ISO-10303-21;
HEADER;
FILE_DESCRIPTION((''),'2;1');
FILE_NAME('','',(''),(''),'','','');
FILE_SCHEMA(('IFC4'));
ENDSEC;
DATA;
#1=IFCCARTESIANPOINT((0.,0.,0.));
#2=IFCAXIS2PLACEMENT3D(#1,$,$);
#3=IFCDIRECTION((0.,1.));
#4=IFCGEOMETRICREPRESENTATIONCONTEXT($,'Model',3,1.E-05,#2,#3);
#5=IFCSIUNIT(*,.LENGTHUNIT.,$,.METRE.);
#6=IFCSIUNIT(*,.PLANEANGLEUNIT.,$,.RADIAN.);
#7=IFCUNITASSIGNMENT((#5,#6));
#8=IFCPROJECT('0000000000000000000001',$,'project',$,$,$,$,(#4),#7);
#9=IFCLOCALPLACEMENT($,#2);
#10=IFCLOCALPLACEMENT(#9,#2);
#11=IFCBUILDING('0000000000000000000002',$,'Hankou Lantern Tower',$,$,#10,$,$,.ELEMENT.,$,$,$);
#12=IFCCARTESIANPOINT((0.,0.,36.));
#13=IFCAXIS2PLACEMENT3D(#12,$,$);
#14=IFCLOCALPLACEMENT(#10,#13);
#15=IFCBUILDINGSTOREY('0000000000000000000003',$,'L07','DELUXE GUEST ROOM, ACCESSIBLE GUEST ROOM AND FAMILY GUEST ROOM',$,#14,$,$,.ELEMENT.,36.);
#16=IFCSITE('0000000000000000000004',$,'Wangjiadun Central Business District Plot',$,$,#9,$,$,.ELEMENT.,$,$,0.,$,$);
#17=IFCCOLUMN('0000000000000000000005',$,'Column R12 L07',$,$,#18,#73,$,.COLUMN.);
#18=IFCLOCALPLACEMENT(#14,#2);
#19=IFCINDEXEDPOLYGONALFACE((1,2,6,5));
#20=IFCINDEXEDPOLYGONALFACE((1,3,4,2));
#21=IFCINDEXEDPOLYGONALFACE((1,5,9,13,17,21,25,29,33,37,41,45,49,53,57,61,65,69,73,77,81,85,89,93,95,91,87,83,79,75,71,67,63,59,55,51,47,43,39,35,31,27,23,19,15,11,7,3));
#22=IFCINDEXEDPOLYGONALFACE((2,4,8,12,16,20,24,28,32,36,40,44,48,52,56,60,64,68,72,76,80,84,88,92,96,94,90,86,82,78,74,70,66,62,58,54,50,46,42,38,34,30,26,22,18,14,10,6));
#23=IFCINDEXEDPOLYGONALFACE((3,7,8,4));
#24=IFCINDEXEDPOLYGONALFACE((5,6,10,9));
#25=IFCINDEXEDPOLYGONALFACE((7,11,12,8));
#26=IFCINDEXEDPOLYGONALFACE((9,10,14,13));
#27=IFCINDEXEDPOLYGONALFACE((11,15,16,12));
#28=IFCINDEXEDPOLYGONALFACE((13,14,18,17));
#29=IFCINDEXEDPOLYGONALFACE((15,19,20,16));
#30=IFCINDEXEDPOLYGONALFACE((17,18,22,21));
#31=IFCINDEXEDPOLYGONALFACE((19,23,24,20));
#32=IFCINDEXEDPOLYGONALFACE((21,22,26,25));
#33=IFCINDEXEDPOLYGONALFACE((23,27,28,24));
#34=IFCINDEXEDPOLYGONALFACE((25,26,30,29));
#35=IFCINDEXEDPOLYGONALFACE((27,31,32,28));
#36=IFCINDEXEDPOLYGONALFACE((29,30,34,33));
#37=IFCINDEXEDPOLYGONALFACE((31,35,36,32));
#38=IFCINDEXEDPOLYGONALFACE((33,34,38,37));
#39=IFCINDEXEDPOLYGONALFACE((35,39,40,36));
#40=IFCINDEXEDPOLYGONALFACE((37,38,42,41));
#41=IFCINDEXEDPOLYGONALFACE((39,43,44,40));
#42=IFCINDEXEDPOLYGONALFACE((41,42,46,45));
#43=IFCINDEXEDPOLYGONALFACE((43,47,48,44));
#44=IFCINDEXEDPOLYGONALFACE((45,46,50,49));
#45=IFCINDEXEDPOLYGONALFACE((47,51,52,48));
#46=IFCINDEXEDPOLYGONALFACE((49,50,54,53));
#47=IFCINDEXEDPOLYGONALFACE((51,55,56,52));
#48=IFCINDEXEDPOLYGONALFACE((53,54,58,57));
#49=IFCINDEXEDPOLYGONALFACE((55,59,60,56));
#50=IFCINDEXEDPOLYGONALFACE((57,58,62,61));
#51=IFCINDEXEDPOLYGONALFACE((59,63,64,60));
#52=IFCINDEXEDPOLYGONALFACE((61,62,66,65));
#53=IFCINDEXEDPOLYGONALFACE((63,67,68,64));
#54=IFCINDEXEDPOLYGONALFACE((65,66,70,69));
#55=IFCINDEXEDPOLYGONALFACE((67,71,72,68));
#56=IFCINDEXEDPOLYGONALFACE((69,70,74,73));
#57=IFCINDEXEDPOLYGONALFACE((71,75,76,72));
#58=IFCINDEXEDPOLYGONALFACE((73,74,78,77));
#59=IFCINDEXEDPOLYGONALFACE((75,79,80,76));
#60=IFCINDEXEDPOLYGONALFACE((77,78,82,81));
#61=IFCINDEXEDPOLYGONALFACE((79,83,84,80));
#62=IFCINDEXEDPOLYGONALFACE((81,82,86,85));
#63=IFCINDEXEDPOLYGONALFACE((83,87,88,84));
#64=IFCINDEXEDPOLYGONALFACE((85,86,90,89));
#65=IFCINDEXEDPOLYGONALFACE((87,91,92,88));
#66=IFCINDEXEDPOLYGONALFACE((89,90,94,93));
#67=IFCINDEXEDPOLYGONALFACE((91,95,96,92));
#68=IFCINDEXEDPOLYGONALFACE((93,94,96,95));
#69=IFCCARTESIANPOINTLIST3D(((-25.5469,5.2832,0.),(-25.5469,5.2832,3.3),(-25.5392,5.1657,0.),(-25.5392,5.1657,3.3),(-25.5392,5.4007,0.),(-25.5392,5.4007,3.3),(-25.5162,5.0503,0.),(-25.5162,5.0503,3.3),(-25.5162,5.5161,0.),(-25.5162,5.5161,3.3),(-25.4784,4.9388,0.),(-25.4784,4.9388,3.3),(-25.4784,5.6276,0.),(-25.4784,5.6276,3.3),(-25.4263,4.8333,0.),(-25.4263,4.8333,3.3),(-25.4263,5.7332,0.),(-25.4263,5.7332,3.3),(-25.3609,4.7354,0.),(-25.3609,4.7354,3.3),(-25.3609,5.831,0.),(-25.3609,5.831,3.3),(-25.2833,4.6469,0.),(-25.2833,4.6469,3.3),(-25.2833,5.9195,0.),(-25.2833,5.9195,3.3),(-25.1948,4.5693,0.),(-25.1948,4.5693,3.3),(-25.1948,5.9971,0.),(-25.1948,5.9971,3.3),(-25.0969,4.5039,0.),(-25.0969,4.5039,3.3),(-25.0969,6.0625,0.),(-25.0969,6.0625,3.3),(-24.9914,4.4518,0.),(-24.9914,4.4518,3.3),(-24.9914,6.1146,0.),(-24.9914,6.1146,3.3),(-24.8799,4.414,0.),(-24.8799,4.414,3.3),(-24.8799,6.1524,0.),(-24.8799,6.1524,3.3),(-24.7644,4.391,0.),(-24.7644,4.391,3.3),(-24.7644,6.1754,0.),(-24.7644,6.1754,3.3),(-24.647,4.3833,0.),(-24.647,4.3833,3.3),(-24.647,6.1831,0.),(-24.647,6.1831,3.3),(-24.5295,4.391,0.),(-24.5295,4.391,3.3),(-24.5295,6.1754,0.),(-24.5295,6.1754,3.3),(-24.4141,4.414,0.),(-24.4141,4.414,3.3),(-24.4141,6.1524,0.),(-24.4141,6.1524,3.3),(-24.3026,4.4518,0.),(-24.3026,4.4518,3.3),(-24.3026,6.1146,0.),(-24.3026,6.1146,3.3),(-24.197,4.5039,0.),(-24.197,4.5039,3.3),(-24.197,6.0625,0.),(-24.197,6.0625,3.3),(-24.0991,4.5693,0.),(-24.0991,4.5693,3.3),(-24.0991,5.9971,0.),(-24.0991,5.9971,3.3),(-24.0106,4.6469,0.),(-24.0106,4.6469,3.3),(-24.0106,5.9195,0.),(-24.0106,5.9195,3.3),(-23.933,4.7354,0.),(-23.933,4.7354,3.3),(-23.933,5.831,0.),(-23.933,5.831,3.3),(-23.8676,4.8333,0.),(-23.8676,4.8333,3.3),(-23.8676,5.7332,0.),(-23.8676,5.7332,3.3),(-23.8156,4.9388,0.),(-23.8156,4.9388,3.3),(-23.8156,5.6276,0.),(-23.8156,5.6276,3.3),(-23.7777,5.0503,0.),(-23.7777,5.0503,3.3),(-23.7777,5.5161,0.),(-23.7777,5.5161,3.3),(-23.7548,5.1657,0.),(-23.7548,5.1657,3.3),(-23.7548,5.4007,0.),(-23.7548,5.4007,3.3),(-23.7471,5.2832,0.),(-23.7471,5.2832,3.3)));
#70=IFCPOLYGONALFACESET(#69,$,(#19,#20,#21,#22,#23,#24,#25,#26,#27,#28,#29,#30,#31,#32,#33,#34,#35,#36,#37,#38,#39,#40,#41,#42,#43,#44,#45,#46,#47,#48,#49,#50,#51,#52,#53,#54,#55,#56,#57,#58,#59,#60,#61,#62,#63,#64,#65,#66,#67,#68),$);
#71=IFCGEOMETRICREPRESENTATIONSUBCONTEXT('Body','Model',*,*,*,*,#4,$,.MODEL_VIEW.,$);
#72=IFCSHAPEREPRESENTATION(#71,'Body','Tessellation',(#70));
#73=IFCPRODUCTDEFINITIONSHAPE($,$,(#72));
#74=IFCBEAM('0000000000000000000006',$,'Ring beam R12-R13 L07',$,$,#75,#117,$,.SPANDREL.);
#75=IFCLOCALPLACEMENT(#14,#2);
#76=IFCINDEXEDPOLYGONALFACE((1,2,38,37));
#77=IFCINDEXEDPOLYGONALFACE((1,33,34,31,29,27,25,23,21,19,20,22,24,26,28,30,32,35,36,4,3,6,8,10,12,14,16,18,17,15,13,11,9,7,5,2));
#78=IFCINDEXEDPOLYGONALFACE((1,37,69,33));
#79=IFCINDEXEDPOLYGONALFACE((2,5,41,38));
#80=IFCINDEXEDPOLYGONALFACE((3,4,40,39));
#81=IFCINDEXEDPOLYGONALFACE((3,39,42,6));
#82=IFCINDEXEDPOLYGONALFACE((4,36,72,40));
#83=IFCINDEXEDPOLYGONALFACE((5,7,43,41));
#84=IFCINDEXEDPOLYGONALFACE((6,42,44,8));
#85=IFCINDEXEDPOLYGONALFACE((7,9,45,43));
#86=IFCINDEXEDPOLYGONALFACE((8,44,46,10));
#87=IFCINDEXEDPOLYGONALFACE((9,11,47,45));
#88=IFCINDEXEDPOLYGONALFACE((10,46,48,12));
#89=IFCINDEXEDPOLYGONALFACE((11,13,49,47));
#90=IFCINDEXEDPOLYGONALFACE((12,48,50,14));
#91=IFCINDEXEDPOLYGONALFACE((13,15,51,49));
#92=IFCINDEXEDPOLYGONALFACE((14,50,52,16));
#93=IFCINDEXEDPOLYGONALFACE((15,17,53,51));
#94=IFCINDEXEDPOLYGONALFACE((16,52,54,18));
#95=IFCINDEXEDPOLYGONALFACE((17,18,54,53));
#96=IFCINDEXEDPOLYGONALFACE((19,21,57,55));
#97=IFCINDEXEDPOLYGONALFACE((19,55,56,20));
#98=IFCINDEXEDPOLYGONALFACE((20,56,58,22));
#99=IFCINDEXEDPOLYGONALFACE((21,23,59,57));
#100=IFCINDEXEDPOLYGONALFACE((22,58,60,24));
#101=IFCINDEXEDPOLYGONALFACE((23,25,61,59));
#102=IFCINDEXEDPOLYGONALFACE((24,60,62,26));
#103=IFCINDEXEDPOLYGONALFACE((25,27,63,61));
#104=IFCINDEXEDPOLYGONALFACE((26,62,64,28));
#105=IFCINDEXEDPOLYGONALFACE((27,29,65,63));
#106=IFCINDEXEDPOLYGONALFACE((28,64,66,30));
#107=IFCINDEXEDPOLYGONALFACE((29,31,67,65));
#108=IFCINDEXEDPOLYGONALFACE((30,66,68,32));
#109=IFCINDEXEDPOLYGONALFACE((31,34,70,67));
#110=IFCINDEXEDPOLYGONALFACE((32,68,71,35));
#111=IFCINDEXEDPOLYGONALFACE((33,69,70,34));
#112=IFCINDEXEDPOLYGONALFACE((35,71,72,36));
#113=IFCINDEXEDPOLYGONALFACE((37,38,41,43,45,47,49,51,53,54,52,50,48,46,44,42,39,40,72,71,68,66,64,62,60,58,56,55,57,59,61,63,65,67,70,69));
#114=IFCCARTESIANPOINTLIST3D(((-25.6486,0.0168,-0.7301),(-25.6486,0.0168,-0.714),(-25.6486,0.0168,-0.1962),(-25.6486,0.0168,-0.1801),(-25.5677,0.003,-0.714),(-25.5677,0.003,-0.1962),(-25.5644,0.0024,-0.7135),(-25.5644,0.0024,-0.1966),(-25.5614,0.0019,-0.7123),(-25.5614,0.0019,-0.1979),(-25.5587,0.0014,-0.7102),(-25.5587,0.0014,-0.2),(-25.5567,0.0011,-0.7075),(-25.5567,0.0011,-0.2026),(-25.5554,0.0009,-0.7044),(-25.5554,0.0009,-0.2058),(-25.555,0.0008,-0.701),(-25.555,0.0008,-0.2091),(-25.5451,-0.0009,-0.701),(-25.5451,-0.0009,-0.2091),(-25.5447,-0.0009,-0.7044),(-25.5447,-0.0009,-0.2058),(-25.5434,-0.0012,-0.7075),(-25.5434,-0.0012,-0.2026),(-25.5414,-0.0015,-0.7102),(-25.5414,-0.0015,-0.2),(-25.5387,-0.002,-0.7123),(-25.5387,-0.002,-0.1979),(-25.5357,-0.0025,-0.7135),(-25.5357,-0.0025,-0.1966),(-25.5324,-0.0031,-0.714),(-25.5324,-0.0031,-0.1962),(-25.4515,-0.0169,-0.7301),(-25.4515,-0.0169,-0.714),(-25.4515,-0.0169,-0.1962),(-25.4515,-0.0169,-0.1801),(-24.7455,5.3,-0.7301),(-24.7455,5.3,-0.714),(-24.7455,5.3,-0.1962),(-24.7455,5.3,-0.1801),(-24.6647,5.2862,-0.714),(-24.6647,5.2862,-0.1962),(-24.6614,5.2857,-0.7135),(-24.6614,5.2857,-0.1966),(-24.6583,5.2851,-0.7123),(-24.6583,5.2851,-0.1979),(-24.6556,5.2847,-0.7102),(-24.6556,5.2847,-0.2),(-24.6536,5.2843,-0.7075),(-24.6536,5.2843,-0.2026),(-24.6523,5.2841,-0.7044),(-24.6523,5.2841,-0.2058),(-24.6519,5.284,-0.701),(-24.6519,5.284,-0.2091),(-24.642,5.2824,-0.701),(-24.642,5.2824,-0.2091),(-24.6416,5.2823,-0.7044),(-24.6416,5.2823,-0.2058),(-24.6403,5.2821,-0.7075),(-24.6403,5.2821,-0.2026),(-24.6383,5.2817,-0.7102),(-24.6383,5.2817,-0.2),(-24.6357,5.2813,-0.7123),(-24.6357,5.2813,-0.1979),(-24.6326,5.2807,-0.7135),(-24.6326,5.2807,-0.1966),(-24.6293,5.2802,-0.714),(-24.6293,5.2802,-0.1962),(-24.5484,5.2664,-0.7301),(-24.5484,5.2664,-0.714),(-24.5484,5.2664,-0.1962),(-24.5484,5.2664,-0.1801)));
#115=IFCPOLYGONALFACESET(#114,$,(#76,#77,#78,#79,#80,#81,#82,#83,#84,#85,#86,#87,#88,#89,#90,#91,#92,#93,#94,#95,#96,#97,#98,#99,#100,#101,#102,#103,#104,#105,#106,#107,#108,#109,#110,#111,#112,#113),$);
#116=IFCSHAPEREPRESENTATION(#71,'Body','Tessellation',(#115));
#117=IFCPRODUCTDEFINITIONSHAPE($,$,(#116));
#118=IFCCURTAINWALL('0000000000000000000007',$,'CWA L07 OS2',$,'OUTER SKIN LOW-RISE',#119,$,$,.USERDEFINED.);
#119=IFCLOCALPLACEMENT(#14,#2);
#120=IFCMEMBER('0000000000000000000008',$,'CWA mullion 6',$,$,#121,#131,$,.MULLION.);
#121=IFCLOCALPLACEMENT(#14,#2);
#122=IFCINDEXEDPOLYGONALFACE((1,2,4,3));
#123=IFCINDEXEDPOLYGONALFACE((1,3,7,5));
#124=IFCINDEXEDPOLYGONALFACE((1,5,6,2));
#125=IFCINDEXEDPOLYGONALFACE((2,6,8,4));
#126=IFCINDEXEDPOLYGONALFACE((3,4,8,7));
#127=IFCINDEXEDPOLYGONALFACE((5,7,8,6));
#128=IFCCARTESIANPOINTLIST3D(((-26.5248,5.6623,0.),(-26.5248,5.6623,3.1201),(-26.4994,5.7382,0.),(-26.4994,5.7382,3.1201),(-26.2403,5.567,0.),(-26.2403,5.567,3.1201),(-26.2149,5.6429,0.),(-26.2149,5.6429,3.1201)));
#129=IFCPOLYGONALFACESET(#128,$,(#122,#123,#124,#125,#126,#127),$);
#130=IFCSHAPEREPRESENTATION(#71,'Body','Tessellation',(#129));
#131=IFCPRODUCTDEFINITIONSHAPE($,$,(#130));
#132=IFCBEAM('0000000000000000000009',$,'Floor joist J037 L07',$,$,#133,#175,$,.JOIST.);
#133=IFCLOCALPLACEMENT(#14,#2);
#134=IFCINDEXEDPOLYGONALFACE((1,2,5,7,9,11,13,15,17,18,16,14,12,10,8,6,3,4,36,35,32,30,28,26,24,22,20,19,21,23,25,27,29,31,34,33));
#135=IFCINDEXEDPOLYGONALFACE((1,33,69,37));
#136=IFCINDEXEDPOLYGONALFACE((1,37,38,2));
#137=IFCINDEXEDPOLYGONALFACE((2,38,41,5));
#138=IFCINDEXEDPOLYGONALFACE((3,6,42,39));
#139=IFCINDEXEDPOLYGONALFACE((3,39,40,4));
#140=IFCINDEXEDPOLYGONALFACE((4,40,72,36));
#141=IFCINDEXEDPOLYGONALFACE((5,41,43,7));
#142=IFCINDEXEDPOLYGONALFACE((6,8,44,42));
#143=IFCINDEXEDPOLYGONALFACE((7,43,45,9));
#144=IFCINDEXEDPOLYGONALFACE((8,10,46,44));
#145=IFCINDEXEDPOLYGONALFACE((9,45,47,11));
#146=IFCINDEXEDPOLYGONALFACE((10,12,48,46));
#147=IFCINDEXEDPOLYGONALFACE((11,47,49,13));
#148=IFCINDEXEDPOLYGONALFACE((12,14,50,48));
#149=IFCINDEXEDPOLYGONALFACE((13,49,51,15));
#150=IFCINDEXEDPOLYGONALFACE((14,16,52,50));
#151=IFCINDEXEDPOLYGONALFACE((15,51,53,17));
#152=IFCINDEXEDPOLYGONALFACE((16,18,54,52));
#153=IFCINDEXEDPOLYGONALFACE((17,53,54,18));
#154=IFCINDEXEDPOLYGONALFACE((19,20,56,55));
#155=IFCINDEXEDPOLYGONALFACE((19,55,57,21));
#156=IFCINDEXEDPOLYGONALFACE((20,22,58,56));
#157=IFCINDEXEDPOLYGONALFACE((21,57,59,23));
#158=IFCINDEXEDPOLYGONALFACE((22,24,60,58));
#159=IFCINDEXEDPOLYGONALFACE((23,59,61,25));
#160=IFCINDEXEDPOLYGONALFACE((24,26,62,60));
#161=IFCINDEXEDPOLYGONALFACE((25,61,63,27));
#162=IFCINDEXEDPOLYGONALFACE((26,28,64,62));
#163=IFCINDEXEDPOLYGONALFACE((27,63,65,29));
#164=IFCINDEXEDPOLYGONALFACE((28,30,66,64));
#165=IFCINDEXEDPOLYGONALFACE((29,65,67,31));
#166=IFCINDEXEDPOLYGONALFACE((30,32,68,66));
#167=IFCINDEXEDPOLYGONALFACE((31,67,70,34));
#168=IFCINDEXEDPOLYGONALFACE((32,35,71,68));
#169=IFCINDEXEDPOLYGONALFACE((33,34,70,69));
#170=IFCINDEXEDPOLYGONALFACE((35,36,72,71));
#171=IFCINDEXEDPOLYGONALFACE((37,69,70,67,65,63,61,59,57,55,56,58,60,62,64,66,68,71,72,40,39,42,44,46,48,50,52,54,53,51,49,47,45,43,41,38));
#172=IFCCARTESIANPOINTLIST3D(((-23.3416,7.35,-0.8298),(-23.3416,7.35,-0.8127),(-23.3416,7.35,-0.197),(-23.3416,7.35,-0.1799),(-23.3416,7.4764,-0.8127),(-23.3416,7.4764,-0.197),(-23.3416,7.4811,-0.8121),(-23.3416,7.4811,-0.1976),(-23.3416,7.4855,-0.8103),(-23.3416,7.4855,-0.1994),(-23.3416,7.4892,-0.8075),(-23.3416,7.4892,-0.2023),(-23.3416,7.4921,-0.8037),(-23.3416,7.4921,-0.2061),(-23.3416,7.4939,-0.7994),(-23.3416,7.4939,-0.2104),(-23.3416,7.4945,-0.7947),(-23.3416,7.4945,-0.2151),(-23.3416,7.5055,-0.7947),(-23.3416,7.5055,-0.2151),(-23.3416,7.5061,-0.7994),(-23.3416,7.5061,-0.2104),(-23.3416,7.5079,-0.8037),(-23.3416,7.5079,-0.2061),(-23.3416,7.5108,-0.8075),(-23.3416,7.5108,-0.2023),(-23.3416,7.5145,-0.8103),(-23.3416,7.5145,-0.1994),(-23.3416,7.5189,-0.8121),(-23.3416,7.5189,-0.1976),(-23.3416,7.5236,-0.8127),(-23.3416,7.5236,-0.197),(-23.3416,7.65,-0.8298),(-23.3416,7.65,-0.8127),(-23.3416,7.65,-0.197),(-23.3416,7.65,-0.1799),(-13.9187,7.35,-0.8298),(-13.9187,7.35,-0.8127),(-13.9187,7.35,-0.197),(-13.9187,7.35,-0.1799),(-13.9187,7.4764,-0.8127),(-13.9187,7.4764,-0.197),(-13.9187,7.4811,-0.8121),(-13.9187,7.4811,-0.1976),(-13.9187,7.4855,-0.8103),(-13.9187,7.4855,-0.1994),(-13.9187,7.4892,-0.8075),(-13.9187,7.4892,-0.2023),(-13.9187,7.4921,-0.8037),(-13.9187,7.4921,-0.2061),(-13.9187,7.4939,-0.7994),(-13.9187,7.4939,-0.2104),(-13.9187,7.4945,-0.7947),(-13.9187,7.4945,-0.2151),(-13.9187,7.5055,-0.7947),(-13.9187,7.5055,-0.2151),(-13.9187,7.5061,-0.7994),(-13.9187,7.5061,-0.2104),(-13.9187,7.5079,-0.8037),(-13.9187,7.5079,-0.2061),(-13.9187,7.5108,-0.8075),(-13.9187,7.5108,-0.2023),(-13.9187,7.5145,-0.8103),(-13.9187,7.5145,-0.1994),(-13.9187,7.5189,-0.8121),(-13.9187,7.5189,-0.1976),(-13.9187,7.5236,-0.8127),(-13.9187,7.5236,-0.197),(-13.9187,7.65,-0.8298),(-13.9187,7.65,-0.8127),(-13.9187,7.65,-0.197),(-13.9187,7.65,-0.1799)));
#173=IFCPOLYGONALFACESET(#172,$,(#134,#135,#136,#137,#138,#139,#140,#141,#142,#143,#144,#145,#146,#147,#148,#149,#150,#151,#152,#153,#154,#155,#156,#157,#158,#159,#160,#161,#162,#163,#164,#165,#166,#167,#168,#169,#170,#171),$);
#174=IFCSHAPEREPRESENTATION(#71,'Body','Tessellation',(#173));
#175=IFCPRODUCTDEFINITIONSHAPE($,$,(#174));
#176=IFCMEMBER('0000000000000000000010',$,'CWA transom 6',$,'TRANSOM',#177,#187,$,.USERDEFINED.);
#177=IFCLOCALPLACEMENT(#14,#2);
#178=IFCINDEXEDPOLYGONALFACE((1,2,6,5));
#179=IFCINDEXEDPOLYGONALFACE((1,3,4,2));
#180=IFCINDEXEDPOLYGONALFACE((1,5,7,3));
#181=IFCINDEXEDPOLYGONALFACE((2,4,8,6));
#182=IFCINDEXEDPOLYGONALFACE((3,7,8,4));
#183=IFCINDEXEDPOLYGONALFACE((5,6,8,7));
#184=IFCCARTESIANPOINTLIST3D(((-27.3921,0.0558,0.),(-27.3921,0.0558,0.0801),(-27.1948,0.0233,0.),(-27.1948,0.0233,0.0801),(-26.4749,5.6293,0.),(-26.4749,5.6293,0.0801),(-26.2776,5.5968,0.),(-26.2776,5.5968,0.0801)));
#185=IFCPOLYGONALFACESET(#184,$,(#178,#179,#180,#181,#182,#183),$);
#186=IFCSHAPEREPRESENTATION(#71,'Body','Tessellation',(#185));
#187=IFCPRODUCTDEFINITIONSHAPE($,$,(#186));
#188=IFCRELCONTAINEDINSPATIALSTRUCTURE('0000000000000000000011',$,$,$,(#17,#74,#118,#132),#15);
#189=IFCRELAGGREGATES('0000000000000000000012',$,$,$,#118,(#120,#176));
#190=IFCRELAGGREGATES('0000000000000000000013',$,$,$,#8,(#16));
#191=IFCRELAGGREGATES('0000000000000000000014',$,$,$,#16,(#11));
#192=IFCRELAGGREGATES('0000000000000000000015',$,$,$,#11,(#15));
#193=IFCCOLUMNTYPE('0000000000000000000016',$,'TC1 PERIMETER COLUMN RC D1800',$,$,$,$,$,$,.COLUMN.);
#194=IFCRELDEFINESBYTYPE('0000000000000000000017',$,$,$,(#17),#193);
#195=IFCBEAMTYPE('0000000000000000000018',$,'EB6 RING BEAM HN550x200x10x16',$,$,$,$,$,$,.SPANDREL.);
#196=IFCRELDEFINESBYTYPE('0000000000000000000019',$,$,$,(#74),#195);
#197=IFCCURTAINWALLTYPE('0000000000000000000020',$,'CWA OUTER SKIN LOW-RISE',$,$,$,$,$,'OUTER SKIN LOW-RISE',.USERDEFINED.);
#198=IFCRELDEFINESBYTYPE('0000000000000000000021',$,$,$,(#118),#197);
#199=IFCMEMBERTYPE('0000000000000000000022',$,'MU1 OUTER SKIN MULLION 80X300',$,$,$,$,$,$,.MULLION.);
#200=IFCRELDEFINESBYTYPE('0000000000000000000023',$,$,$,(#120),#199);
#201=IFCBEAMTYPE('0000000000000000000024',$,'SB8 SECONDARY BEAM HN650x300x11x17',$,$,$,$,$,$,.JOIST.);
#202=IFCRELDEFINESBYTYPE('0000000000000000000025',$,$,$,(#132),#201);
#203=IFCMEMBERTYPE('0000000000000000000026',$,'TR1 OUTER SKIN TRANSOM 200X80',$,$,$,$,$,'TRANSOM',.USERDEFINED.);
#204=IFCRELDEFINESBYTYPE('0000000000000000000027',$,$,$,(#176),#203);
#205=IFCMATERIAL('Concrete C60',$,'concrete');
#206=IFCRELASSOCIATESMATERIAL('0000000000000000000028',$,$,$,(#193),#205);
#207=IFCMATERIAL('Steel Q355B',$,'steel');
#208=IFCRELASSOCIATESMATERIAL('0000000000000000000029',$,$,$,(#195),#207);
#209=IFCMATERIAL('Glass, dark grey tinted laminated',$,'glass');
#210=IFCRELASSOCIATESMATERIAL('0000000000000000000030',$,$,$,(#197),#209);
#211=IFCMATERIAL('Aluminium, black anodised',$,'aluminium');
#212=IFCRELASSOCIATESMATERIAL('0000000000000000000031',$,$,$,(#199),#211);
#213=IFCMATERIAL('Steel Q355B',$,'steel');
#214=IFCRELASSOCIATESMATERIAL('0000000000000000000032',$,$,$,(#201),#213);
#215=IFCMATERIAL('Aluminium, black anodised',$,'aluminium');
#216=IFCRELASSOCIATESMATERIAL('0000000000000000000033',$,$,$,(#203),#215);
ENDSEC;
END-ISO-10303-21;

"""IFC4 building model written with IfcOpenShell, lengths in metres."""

from ifc_helpers import new_model, si_unit, direction, frame, origin, origin_2d, place, context, subcontext, project, spatial, rectangle, circle, i_section, extrude, material, material_profile, profile_set, type_object, element, aggregate, save


model = new_model("IFC4")

# Units and contexts
model_context = context("Model", 3, precision=1e-05, world=origin(), true_north=direction((0.0, 1.0)))
body_context = subcontext(model_context, "Body", "Model", "MODEL_VIEW")
ifc_project = project(units=[si_unit("LENGTHUNIT", "METRE"), si_unit("PLANEANGLEUNIT", "RADIAN")], contexts=[model_context])

# Site, building, storey
site_placement = place(None, origin())
site = spatial("IfcSite", under=ifc_project, at=site_placement, Name="Wangjiadun Central Business District Plot", CompositionType="ELEMENT", RefElevation=0.0)
building_placement = place(site_placement, origin())
building = spatial("IfcBuilding", under=site, at=building_placement, Name="Hankou Lantern Tower", CompositionType="ELEMENT")
storey_placement = place(building_placement, frame((0.0, 0.0, 36.0)))
storey = spatial("IfcBuildingStorey", under=building, at=storey_placement, Name="L07", Description="DELUXE GUEST ROOM, ACCESSIBLE GUEST ROOM AND FAMILY GUEST ROOM", CompositionType="ELEMENT", Elevation=36.0)

# Column
ifc_material_1 = material(Name="Concrete C60", Category="concrete")
ifc_material_profile_1 = material_profile(ifc_material_1, circle(Radius=0.8999, at=origin_2d()), Name="RC D1800")
ifc_profile_set_1 = profile_set([ifc_material_profile_1], Name="Concrete C60")
column_type = type_object("IfcColumnType", Name="TC1 PERIMETER COLUMN RC D1800", PredefinedType="COLUMN", material=ifc_profile_set_1)
column_placement = place(storey_placement, frame((-24.647, 5.2832, 0.0), z_axis=(0.0, 0.0, 1.0), x_axis=(1.0, 0.0, 0.0)))
element("IfcColumn", 1, at=column_placement, inside=storey, type_object=column_type, Name="Column R12 L07", PredefinedType="COLUMN", context=body_context, shape_type="SweptSolid", body=[
    extrude(circle(Radius=0.8999, at=origin_2d()), origin(), (0.0, 0.0, 1.0), 3.3),
])

# Beam
ifc_material_2 = material(Name="Steel Q355B", Category="steel")
ifc_material_profile_2 = material_profile(ifc_material_2, i_section(OverallWidth=0.2, OverallDepth=0.55, WebThickness=0.01, FlangeThickness=0.0161, FilletRadius=0.0129, at=origin_2d()), Name="HN550x200x10x16")
ifc_profile_set_2 = profile_set([ifc_material_profile_2], Name="Steel Q355B")
beam_type_1 = type_object("IfcBeamType", Name="EB6 RING BEAM HN550x200x10x16", PredefinedType="SPANDREL", material=ifc_profile_set_2)
beam_1_placement = place(storey_placement, frame((-24.647, 5.2832, -0.4551), z_axis=(-0.16849, -0.985703, 0.0), x_axis=(0.985703, -0.16849, 0.0)))
element("IfcBeam", 2, at=beam_1_placement, inside=storey, type_object=beam_type_1, Name="Ring beam R12-R13 L07", PredefinedType="SPANDREL", context=body_context, shape_type="SweptSolid", body=[
    extrude(i_section(OverallWidth=0.2, OverallDepth=0.55, WebThickness=0.01, FlangeThickness=0.0161, FilletRadius=0.0129, at=origin_2d()), origin(), (0.0, 0.0, 1.0), 5.3599),
])

# Curtain wall, member
ifc_material_3 = material(Name="Glass, dark grey tinted laminated", Category="glass")
curtain_wall_type = type_object("IfcCurtainWallType", Name="CWA OUTER SKIN LOW-RISE", ElementType="OUTER SKIN LOW-RISE", PredefinedType="USERDEFINED", material=ifc_material_3)
curtain_wall_placement = place(storey_placement, origin())
curtain_wall = element("IfcCurtainWall", 3, at=curtain_wall_placement, inside=storey, type_object=curtain_wall_type, Name="CWA L07 OS2", ObjectType="OUTER SKIN LOW-RISE", PredefinedType="USERDEFINED")
ifc_material_4 = material(Name="Aluminium, black anodised", Category="aluminium")
ifc_material_profile_3 = material_profile(ifc_material_4, rectangle(XDim=0.0801, YDim=0.3, at=origin_2d()), Name="MU1 80X300")
ifc_profile_set_3 = profile_set([ifc_material_profile_3], Name="Aluminium, black anodised")
member_type_1 = type_object("IfcMemberType", Name="MU1 OUTER SKIN MULLION 80X300", PredefinedType="MULLION", material=ifc_profile_set_3)
member_1_placement = place(storey_placement, frame((-26.3699, 5.6526, 0.0), z_axis=(0.0, 0.0, 1.0), x_axis=(-0.317596, -0.948226, 0.0)))
member_1 = element("IfcMember", 4, at=member_1_placement, type_object=member_type_1, Name="CWA mullion 6", PredefinedType="MULLION", context=body_context, shape_type="SweptSolid", body=[
    extrude(rectangle(XDim=0.0801, YDim=0.3, at=origin_2d()), origin(), (0.0, 0.0, 1.0), 3.1201),
])

# Beam
ifc_material_5 = material(Name="Steel Q355B", Category="steel")
ifc_material_profile_4 = material_profile(ifc_material_5, i_section(OverallWidth=0.3, OverallDepth=0.6499, WebThickness=0.011, FlangeThickness=0.0171, FilletRadius=0.0181, at=origin_2d()), Name="HN650x300x11x17")
ifc_profile_set_4 = profile_set([ifc_material_profile_4], Name="Steel Q355B")
beam_type_2 = type_object("IfcBeamType", Name="SB8 SECONDARY BEAM HN650x300x11x17", PredefinedType="JOIST", material=ifc_profile_set_4)
beam_2_placement = place(storey_placement, frame((-23.3416, 7.5, -0.5049), z_axis=(1.0, 0.0, 0.0), x_axis=(0.0, 1.0, 0.0)))
element("IfcBeam", 5, at=beam_2_placement, inside=storey, type_object=beam_type_2, Name="Floor joist J037 L07", PredefinedType="JOIST", context=body_context, shape_type="SweptSolid", body=[
    extrude(i_section(OverallWidth=0.3, OverallDepth=0.6499, WebThickness=0.011, FlangeThickness=0.0171, FilletRadius=0.0181, at=origin_2d()), origin(), (0.0, 0.0, 1.0), 9.4229),
])

# Member
ifc_material_6 = material(Name="Aluminium, black anodised", Category="aluminium")
ifc_material_profile_5 = material_profile(ifc_material_6, rectangle(XDim=0.2, YDim=0.0801, at=origin_2d()), Name="TR1 200X80")
ifc_profile_set_5 = profile_set([ifc_material_profile_5], Name="Aluminium, black anodised")
member_type_2 = type_object("IfcMemberType", Name="TR1 OUTER SKIN TRANSOM 200X80", ElementType="TRANSOM", PredefinedType="USERDEFINED", material=ifc_profile_set_5)
member_2_placement = place(storey_placement, frame((-26.3762, 5.613, 0.04), z_axis=(-0.162387, -0.986727, 0.0), x_axis=(0.986727, -0.162387, 0.0)))
member_2 = element("IfcMember", 6, at=member_2_placement, type_object=member_type_2, Name="CWA transom 6", ObjectType="TRANSOM", PredefinedType="USERDEFINED", context=body_context, shape_type="SweptSolid", body=[
    extrude(rectangle(XDim=0.2, YDim=0.0801, at=origin_2d()), origin(), (0.0, 0.0, 1.0), 5.6484),
])

aggregate(curtain_wall, [member_1, member_2])

save(model, "model.ifc")
